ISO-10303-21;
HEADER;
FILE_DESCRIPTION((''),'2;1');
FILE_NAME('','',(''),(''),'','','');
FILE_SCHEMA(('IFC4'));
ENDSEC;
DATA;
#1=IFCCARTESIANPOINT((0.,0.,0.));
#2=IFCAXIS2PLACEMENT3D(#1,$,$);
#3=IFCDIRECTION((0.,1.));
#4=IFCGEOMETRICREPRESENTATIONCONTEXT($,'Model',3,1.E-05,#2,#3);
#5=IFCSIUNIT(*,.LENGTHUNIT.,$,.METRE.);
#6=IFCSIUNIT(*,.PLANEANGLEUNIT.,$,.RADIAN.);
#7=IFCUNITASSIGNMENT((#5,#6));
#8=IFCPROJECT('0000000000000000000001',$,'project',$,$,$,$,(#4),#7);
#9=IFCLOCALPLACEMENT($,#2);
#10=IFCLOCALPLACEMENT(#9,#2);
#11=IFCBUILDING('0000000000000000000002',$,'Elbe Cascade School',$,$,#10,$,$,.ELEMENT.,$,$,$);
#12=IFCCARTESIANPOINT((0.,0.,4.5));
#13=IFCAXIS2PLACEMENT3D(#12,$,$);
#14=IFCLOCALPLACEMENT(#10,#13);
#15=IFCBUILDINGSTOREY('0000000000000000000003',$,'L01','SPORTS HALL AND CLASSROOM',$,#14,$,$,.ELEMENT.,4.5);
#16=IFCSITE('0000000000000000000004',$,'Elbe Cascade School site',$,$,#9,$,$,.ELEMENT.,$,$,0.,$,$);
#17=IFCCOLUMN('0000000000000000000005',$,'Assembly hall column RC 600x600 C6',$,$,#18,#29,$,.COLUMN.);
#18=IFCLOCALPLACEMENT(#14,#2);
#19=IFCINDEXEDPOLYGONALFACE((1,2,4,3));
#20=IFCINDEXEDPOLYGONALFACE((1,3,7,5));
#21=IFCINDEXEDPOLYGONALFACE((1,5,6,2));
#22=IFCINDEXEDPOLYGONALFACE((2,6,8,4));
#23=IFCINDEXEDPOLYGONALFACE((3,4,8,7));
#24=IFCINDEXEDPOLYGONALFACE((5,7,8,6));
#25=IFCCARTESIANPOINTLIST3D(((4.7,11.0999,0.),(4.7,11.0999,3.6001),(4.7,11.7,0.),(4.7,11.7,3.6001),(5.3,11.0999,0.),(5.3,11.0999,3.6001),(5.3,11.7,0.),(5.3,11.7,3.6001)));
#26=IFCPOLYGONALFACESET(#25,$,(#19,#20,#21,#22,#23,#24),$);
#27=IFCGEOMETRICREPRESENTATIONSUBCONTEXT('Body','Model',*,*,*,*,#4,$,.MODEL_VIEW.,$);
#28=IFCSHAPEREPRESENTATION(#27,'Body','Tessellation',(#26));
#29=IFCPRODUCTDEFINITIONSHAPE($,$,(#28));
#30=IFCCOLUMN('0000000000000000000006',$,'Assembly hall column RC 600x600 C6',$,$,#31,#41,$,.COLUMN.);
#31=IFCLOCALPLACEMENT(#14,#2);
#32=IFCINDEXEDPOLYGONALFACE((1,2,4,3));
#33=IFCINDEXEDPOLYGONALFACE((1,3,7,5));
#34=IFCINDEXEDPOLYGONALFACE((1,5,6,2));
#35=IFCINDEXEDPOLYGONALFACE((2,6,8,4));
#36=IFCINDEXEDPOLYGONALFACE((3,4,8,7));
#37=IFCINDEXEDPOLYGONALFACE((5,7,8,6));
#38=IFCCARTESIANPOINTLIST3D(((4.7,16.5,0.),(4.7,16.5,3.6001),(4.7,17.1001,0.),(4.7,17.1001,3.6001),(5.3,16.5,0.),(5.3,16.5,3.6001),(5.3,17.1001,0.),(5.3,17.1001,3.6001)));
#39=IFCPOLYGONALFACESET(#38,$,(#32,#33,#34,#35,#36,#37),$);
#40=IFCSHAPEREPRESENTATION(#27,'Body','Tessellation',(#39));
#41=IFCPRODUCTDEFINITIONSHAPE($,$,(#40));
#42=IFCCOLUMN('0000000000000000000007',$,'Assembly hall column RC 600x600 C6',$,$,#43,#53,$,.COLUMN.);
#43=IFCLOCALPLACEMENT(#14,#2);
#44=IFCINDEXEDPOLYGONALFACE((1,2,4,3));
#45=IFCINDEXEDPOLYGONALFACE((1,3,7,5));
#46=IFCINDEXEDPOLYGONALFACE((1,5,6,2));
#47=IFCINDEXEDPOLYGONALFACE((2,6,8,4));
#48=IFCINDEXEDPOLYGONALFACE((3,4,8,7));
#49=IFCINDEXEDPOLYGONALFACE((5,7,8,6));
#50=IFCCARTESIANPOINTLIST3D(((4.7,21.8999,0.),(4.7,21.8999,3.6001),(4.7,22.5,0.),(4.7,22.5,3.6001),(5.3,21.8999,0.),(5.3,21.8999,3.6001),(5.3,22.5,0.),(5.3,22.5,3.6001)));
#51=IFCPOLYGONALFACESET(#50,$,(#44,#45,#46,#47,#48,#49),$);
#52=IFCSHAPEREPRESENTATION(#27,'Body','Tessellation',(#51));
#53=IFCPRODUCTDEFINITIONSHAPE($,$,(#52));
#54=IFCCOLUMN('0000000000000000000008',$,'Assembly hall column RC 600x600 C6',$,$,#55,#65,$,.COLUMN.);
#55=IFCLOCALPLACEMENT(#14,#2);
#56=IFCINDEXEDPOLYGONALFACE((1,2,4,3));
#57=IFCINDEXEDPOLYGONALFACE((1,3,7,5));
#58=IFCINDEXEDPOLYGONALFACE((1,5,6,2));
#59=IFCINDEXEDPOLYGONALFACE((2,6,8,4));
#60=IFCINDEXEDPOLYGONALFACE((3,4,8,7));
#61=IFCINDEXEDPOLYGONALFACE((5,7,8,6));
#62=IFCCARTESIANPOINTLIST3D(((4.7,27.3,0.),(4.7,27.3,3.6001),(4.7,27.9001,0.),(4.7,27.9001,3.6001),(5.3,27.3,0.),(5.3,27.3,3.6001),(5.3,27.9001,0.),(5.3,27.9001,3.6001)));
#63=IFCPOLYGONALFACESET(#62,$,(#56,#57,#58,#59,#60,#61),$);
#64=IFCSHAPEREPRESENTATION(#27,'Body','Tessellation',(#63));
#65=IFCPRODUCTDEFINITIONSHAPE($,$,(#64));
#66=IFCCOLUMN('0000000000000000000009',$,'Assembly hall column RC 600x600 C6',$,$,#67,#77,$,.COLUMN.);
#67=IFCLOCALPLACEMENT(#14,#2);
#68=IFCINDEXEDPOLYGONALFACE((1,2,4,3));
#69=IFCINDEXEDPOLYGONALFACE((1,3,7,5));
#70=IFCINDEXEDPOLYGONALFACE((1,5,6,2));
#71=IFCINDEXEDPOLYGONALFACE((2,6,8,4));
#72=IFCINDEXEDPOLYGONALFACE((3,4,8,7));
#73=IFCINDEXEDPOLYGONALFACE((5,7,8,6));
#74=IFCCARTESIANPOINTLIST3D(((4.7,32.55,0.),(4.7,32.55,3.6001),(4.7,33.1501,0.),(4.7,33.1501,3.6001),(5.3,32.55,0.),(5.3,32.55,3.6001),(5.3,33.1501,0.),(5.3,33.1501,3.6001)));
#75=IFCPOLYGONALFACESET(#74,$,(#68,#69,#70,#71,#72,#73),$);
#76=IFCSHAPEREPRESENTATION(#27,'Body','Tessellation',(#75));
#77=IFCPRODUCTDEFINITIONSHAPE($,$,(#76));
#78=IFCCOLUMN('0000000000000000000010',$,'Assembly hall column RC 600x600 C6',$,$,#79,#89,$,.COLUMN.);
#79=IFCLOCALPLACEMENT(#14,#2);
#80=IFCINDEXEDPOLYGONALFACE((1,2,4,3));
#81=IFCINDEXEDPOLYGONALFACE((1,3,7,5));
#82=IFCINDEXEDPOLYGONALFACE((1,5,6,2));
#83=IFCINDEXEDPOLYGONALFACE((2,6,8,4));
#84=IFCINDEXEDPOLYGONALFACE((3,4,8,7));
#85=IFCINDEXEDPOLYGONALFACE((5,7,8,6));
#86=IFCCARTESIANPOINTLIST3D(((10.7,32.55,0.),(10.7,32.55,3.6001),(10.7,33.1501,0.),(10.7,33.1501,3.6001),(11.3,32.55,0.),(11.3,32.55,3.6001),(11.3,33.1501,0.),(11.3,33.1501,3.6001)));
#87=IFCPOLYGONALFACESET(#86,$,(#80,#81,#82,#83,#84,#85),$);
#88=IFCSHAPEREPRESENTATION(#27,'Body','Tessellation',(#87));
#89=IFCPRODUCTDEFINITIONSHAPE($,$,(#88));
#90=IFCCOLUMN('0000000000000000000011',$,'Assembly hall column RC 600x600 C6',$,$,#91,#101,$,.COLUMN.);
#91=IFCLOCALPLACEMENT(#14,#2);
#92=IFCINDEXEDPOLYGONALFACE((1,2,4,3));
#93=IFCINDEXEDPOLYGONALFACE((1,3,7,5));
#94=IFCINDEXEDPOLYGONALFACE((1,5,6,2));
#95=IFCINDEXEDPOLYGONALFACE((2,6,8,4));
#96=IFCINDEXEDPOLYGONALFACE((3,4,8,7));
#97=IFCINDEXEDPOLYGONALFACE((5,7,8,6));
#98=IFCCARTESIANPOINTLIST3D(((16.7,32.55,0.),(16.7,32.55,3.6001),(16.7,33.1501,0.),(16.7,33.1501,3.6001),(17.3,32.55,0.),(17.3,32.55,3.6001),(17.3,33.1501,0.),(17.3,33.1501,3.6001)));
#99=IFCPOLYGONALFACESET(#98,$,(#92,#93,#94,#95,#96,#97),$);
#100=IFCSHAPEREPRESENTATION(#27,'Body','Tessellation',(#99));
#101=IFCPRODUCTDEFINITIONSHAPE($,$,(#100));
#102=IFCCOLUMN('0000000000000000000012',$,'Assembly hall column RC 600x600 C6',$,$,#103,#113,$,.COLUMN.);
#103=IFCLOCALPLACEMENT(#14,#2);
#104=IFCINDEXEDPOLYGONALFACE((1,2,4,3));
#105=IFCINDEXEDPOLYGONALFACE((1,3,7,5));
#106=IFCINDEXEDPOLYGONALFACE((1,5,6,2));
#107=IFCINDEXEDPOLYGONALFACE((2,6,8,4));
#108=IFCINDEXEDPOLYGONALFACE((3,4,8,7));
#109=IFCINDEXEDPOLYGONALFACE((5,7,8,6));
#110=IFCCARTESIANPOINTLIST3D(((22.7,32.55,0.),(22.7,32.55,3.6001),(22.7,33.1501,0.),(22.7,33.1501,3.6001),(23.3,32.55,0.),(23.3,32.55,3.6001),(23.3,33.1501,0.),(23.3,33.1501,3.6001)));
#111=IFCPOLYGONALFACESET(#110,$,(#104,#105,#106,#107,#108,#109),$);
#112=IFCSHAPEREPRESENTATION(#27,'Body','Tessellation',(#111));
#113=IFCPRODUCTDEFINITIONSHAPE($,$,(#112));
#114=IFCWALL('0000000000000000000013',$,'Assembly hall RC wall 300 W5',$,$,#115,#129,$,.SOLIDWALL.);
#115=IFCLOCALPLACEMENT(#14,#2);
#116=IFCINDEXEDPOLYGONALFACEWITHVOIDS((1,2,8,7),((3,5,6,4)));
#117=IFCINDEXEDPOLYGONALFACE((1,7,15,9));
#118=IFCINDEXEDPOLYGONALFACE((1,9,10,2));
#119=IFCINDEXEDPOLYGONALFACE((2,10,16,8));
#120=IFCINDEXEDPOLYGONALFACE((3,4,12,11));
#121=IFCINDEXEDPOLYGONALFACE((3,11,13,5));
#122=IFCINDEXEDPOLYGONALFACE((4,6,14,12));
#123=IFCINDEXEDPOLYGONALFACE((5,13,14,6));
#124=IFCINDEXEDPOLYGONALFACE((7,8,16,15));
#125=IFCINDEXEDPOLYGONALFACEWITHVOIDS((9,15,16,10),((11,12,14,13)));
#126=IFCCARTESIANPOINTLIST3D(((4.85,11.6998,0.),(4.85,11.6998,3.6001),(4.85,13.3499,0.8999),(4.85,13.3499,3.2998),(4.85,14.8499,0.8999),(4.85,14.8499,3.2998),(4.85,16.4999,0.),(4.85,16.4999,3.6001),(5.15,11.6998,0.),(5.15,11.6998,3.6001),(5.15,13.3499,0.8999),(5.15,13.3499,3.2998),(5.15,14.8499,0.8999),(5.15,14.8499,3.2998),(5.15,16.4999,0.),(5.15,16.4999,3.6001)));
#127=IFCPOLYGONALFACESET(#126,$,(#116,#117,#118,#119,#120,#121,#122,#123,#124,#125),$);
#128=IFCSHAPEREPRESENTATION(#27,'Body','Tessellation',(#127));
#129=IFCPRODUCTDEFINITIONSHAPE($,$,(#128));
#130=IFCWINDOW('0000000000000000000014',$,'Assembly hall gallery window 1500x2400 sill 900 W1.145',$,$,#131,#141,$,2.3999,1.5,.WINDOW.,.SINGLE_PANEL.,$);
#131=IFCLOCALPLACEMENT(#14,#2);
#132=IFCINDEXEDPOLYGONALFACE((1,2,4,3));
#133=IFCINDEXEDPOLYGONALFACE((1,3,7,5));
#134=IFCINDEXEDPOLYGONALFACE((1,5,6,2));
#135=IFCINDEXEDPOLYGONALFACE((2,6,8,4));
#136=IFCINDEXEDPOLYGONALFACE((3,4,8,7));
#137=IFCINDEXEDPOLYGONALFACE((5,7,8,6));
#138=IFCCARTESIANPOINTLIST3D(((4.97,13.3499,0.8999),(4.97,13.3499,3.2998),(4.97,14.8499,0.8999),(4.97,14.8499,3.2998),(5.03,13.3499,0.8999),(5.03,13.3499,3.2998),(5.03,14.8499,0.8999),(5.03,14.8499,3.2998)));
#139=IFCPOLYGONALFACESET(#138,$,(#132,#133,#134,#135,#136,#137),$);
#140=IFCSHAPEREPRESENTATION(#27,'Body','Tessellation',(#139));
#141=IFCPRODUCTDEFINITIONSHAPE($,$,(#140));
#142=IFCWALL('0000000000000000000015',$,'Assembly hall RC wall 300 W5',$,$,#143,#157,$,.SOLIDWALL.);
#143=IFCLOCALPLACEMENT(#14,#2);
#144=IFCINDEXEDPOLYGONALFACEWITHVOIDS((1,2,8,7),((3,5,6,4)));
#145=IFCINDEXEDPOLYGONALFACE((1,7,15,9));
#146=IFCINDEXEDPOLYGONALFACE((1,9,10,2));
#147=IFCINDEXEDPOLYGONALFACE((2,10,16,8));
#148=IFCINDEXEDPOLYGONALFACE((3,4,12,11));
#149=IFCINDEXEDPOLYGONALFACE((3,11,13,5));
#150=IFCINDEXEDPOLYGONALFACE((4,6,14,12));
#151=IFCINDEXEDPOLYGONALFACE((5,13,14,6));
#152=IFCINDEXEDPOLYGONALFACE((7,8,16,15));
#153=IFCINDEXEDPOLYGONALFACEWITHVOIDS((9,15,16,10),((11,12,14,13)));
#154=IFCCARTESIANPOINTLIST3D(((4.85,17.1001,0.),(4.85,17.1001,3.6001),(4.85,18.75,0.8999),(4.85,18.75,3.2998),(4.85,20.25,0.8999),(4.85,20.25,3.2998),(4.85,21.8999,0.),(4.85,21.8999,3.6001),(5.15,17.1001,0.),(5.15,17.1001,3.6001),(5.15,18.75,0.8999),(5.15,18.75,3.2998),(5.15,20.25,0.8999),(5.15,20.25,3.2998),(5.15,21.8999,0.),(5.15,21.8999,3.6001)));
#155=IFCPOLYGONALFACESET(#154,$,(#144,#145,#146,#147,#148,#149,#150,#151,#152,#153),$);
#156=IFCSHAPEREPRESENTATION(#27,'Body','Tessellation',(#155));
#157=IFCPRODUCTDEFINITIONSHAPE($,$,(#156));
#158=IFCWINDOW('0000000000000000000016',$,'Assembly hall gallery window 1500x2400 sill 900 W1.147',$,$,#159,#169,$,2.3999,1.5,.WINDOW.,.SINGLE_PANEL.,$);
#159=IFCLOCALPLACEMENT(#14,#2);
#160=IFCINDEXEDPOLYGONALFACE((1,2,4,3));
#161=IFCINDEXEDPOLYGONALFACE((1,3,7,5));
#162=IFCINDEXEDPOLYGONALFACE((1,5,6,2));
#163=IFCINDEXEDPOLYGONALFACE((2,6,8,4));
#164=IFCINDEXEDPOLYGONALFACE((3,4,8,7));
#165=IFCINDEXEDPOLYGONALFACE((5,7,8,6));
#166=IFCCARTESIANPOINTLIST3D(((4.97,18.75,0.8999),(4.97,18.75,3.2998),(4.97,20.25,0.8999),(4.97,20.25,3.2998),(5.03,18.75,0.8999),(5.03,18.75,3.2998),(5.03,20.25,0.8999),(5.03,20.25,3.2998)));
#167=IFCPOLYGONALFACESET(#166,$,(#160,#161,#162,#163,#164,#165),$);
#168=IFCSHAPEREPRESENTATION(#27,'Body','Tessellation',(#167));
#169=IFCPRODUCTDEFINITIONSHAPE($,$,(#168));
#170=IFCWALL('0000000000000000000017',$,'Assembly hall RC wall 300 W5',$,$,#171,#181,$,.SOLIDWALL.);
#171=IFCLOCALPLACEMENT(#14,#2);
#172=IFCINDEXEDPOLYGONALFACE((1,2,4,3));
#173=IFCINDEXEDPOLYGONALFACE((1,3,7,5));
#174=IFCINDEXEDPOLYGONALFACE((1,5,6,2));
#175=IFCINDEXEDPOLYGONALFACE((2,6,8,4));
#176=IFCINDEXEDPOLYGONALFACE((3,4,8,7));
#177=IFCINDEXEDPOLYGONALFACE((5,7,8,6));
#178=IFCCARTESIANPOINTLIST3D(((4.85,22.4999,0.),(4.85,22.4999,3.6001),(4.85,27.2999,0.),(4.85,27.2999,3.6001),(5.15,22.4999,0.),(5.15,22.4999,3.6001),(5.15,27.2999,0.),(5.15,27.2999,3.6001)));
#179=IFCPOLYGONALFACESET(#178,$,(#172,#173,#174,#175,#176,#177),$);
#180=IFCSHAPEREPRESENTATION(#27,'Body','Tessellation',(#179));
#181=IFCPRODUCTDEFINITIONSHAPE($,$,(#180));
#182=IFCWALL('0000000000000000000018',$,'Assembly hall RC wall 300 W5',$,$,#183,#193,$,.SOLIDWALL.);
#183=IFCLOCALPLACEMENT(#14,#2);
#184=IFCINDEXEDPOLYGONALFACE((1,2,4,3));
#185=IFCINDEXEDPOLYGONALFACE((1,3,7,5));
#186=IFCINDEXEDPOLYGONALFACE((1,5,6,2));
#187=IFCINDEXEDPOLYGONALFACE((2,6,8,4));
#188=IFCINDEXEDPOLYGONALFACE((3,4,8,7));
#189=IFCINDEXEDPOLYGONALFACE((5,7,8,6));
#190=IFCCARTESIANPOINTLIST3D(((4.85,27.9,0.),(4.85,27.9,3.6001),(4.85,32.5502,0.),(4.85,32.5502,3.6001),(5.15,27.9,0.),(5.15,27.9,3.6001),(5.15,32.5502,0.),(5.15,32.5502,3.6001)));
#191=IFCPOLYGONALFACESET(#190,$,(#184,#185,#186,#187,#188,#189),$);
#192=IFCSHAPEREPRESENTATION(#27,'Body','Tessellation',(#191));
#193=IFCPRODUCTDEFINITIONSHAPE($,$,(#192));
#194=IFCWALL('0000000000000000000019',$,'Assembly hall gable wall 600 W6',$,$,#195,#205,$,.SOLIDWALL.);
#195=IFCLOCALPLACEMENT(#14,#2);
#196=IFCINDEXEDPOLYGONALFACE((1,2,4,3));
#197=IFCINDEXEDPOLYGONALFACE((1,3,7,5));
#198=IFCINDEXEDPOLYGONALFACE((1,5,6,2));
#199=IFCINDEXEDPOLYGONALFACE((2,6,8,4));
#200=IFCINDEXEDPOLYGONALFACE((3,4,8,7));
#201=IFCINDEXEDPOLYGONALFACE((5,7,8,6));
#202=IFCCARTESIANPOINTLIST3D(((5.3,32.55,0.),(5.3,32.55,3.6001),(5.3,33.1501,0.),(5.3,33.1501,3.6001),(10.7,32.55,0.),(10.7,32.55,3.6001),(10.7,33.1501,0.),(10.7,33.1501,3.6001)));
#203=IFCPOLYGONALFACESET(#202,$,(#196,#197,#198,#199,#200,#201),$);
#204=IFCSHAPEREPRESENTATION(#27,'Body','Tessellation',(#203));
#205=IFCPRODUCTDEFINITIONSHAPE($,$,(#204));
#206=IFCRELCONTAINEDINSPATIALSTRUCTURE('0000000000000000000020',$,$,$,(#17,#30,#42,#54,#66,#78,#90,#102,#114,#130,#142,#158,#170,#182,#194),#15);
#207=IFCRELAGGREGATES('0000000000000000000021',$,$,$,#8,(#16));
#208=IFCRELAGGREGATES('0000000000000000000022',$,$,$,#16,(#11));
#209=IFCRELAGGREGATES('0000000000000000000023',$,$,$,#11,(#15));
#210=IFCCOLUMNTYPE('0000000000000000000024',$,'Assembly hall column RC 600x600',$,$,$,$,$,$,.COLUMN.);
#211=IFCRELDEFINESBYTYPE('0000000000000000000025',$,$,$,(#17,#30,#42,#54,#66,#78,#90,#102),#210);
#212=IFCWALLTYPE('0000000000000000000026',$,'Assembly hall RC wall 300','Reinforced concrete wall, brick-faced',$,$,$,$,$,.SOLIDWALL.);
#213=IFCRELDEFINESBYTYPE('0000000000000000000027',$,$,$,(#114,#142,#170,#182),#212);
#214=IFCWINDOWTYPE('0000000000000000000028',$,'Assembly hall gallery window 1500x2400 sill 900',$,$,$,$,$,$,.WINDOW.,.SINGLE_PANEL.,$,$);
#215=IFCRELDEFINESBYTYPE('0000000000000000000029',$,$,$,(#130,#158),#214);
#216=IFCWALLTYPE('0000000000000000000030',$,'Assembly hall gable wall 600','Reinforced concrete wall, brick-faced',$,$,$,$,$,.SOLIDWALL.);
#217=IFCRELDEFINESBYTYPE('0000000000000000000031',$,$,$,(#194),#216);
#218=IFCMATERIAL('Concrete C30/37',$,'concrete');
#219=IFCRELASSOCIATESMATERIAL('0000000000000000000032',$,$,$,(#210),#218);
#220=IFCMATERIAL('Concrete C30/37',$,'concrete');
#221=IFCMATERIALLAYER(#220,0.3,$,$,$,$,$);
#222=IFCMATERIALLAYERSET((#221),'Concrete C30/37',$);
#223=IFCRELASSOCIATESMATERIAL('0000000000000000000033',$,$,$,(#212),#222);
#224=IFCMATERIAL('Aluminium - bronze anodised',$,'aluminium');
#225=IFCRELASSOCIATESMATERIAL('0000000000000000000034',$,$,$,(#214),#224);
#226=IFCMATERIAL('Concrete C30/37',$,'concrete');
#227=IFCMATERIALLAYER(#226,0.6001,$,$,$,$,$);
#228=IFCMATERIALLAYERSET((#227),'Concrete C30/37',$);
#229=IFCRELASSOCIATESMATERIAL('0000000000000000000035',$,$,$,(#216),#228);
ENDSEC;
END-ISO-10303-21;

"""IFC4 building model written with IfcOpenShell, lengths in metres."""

from ifc_helpers import new_model, si_unit, direction, frame, frame_2d, origin, origin_2d, place, context, subcontext, project, spatial, rectangle, extrude, material, layer, layer_set, material_profile, profile_set, type_object, element, fill, save


model = new_model("IFC4")

# Units and contexts
model_context = context("Model", 3, precision=1e-05, world=origin(), true_north=direction((0.0, 1.0)))
body_context = subcontext(model_context, "Body", "Model", "MODEL_VIEW")
ifc_project = project(units=[si_unit("LENGTHUNIT", "METRE"), si_unit("PLANEANGLEUNIT", "RADIAN")], contexts=[model_context])

# Site, building, storey
site_placement = place(None, origin())
site = spatial("IfcSite", under=ifc_project, at=site_placement, Name="Elbe Cascade School site", CompositionType="ELEMENT", RefElevation=0.0)
building_placement = place(site_placement, origin())
building = spatial("IfcBuilding", under=site, at=building_placement, Name="Elbe Cascade School", CompositionType="ELEMENT")
storey_placement = place(building_placement, frame((0.0, 0.0, 4.5)))
storey = spatial("IfcBuildingStorey", under=building, at=storey_placement, Name="L01", Description="SPORTS HALL AND CLASSROOM", CompositionType="ELEMENT", Elevation=4.5)

# Columns
ifc_material_1 = material(Name="Concrete C30/37", Category="concrete")
ifc_material_profile = material_profile(ifc_material_1, rectangle(XDim=0.6001, YDim=0.6001, at=origin_2d()), Name="RC 600x600")
ifc_profile_set = profile_set([ifc_material_profile], Name="Concrete C30/37")
column_type = type_object("IfcColumnType", Name="Assembly hall column RC 600x600", PredefinedType="COLUMN", material=ifc_profile_set)
for number, where, z_axis, x_axis, name in (
    (1, (5.0, 11.3999, 0.0), (0.0, 0.0, 1.0), (1.0, 0.0, 0.0), "Assembly hall column RC 600x600 C6"),
    (2, (5.0, 16.8, 0.0), (0.0, 0.0, 1.0), (1.0, 0.0, 0.0), "Assembly hall column RC 600x600 C6"),
    (3, (5.0, 22.2, 0.0), (0.0, 0.0, 1.0), (1.0, 0.0, 0.0), "Assembly hall column RC 600x600 C6"),
    (4, (5.0, 27.6001, 0.0), (0.0, 0.0, 1.0), (1.0, 0.0, 0.0), "Assembly hall column RC 600x600 C6"),
    (5, (5.0, 32.8501, 0.0), (0.0, 0.0, 1.0), (1.0, 0.0, 0.0), "Assembly hall column RC 600x600 C6"),
    (6, (11.0, 32.8501, 0.0), (0.0, 0.0, 1.0), (1.0, 0.0, 0.0), "Assembly hall column RC 600x600 C6"),
    (7, (17.0, 32.8501, 0.0), (0.0, 0.0, 1.0), (1.0, 0.0, 0.0), "Assembly hall column RC 600x600 C6"),
    (8, (23.0, 32.8501, 0.0), (0.0, 0.0, 1.0), (1.0, 0.0, 0.0), "Assembly hall column RC 600x600 C6"),
):
    element("IfcColumn", number, at=place(storey_placement, frame(where, z_axis=z_axis, x_axis=x_axis)), inside=storey, type_object=column_type, Name=name, PredefinedType="COLUMN", context=body_context, shape_type="SweptSolid", body=[
        extrude(rectangle(XDim=0.6001, YDim=0.6001, at=origin_2d()), origin(), (0.0, 0.0, 1.0), 3.6001),
    ])

# Walls, openings, windows
ifc_material_2 = material(Name="Concrete C30/37", Category="concrete")
ifc_layer_1 = layer(ifc_material_2, 0.3)
ifc_layer_set_1 = layer_set([ifc_layer_1], Name="Concrete C30/37")
wall_type_1 = type_object("IfcWallType", Name="Assembly hall RC wall 300", Description="Reinforced concrete wall, brick-faced", PredefinedType="SOLIDWALL", material=ifc_layer_set_1)
wall_1_placement = place(storey_placement, frame((5.0, 11.7, 0.0), z_axis=(0.0, 0.0, 1.0), x_axis=(0.0, 1.0, 0.0)))
wall_1 = element("IfcWall", 9, at=wall_1_placement, inside=storey, type_object=wall_type_1, Name="Assembly hall RC wall 300 W5", PredefinedType="SOLIDWALL", context=body_context, shape_type="SweptSolid", body=[
    extrude(rectangle(XDim=4.8, YDim=0.3, at=frame_2d((2.3999, 0.0))), origin(), (0.0, 0.0, 1.0), 3.6001),
])
opening_1_placement = place(wall_1_placement, frame((1.6499, 0.0, 0.8999)))
opening_1 = element("IfcOpeningElement", 10, at=opening_1_placement, cuts=wall_1, PredefinedType="OPENING", context=body_context, shape_type="SweptSolid", body=[
    extrude(rectangle(XDim=1.5, YDim=2.3999, at=frame_2d((0.75, 1.2))), frame((0.0, 0.1599, 0.0), z_axis=(0.0, -1.0, 0.0), x_axis=(1.0, 0.0, 0.0)), (0.0, 0.0, 1.0), 0.3201),
])
ifc_material_3 = material(Name="Aluminium - bronze anodised", Category="aluminium")
window_type = type_object("IfcWindowType", Name="Assembly hall gallery window 1500x2400 sill 900", PartitioningType="SINGLE_PANEL", PredefinedType="WINDOW", material=ifc_material_3)
window_1_placement = place(opening_1_placement, origin())
window_1 = element("IfcWindow", 11, at=window_1_placement, inside=storey, type_object=window_type, Name="Assembly hall gallery window 1500x2400 sill 900 W1.145", OverallHeight=2.3999, OverallWidth=1.5, PartitioningType="SINGLE_PANEL", PredefinedType="WINDOW", context=body_context, shape_type="SweptSolid", body=[
    extrude(rectangle(XDim=1.5, YDim=2.3999, at=frame_2d((0.75, 1.2))), frame((0.0, 0.03, 0.0), z_axis=(0.0, -1.0, 0.0), x_axis=(1.0, 0.0, 0.0)), (0.0, 0.0, 1.0), 0.0601),
])
fill(opening_1, window_1)
wall_2_placement = place(storey_placement, frame((5.0, 17.1001, 0.0), z_axis=(0.0, 0.0, 1.0), x_axis=(0.0, 1.0, 0.0)))
wall_2 = element("IfcWall", 12, at=wall_2_placement, inside=storey, type_object=wall_type_1, Name="Assembly hall RC wall 300 W5", PredefinedType="SOLIDWALL", context=body_context, shape_type="SweptSolid", body=[
    extrude(rectangle(XDim=4.7998, YDim=0.3, at=frame_2d((2.3999, 0.0))), origin(), (0.0, 0.0, 1.0), 3.6001),
])
opening_2_placement = place(wall_2_placement, frame((1.6499, 0.0, 0.8999)))
opening_2 = element("IfcOpeningElement", 13, at=opening_2_placement, cuts=wall_2, PredefinedType="OPENING", context=body_context, shape_type="SweptSolid", body=[
    extrude(rectangle(XDim=1.5, YDim=2.3999, at=frame_2d((0.75, 1.2))), frame((0.0, 0.1599, 0.0), z_axis=(0.0, -1.0, 0.0), x_axis=(1.0, 0.0, 0.0)), (0.0, 0.0, 1.0), 0.3201),
])
window_2_placement = place(opening_2_placement, origin())
window_2 = element("IfcWindow", 14, at=window_2_placement, inside=storey, type_object=window_type, Name="Assembly hall gallery window 1500x2400 sill 900 W1.147", OverallHeight=2.3999, OverallWidth=1.5, PartitioningType="SINGLE_PANEL", PredefinedType="WINDOW", context=body_context, shape_type="SweptSolid", body=[
    extrude(rectangle(XDim=1.5, YDim=2.3999, at=frame_2d((0.75, 1.2))), frame((0.0, 0.03, 0.0), z_axis=(0.0, -1.0, 0.0), x_axis=(1.0, 0.0, 0.0)), (0.0, 0.0, 1.0), 0.0601),
])
fill(opening_2, window_2)

# Walls
wall_3_placement = place(storey_placement, frame((5.0, 22.5, 0.0), z_axis=(0.0, 0.0, 1.0), x_axis=(0.0, 1.0, 0.0)))
element("IfcWall", 15, at=wall_3_placement, inside=storey, type_object=wall_type_1, Name="Assembly hall RC wall 300 W5", PredefinedType="SOLIDWALL", context=body_context, shape_type="SweptSolid", body=[
    extrude(rectangle(XDim=4.8, YDim=0.3, at=frame_2d((2.3999, 0.0))), origin(), (0.0, 0.0, 1.0), 3.6001),
])
wall_4_placement = place(storey_placement, frame((5.0, 27.8999, 0.0), z_axis=(0.0, 0.0, 1.0), x_axis=(0.0, 1.0, 0.0)))
element("IfcWall", 16, at=wall_4_placement, inside=storey, type_object=wall_type_1, Name="Assembly hall RC wall 300 W5", PredefinedType="SOLIDWALL", context=body_context, shape_type="SweptSolid", body=[
    extrude(rectangle(XDim=4.6501, YDim=0.3, at=frame_2d((2.3252, 0.0))), origin(), (0.0, 0.0, 1.0), 3.6001),
])
ifc_material_4 = material(Name="Concrete C30/37", Category="concrete")
ifc_layer_2 = layer(ifc_material_4, 0.6001)
ifc_layer_set_2 = layer_set([ifc_layer_2], Name="Concrete C30/37")
wall_type_2 = type_object("IfcWallType", Name="Assembly hall gable wall 600", Description="Reinforced concrete wall, brick-faced", PredefinedType="SOLIDWALL", material=ifc_layer_set_2)
wall_5_placement = place(storey_placement, frame((5.3, 32.8501, 0.0), z_axis=(0.0, 0.0, 1.0), x_axis=(1.0, 0.0, 0.0)))
element("IfcWall", 17, at=wall_5_placement, inside=storey, type_object=wall_type_2, Name="Assembly hall gable wall 600 W6", PredefinedType="SOLIDWALL", context=body_context, shape_type="SweptSolid", body=[
    extrude(rectangle(XDim=5.3999, YDim=0.6001, at=frame_2d((2.7, 0.0))), origin(), (0.0, 0.0, 1.0), 3.6001),
])

save(model, "model.ifc")
